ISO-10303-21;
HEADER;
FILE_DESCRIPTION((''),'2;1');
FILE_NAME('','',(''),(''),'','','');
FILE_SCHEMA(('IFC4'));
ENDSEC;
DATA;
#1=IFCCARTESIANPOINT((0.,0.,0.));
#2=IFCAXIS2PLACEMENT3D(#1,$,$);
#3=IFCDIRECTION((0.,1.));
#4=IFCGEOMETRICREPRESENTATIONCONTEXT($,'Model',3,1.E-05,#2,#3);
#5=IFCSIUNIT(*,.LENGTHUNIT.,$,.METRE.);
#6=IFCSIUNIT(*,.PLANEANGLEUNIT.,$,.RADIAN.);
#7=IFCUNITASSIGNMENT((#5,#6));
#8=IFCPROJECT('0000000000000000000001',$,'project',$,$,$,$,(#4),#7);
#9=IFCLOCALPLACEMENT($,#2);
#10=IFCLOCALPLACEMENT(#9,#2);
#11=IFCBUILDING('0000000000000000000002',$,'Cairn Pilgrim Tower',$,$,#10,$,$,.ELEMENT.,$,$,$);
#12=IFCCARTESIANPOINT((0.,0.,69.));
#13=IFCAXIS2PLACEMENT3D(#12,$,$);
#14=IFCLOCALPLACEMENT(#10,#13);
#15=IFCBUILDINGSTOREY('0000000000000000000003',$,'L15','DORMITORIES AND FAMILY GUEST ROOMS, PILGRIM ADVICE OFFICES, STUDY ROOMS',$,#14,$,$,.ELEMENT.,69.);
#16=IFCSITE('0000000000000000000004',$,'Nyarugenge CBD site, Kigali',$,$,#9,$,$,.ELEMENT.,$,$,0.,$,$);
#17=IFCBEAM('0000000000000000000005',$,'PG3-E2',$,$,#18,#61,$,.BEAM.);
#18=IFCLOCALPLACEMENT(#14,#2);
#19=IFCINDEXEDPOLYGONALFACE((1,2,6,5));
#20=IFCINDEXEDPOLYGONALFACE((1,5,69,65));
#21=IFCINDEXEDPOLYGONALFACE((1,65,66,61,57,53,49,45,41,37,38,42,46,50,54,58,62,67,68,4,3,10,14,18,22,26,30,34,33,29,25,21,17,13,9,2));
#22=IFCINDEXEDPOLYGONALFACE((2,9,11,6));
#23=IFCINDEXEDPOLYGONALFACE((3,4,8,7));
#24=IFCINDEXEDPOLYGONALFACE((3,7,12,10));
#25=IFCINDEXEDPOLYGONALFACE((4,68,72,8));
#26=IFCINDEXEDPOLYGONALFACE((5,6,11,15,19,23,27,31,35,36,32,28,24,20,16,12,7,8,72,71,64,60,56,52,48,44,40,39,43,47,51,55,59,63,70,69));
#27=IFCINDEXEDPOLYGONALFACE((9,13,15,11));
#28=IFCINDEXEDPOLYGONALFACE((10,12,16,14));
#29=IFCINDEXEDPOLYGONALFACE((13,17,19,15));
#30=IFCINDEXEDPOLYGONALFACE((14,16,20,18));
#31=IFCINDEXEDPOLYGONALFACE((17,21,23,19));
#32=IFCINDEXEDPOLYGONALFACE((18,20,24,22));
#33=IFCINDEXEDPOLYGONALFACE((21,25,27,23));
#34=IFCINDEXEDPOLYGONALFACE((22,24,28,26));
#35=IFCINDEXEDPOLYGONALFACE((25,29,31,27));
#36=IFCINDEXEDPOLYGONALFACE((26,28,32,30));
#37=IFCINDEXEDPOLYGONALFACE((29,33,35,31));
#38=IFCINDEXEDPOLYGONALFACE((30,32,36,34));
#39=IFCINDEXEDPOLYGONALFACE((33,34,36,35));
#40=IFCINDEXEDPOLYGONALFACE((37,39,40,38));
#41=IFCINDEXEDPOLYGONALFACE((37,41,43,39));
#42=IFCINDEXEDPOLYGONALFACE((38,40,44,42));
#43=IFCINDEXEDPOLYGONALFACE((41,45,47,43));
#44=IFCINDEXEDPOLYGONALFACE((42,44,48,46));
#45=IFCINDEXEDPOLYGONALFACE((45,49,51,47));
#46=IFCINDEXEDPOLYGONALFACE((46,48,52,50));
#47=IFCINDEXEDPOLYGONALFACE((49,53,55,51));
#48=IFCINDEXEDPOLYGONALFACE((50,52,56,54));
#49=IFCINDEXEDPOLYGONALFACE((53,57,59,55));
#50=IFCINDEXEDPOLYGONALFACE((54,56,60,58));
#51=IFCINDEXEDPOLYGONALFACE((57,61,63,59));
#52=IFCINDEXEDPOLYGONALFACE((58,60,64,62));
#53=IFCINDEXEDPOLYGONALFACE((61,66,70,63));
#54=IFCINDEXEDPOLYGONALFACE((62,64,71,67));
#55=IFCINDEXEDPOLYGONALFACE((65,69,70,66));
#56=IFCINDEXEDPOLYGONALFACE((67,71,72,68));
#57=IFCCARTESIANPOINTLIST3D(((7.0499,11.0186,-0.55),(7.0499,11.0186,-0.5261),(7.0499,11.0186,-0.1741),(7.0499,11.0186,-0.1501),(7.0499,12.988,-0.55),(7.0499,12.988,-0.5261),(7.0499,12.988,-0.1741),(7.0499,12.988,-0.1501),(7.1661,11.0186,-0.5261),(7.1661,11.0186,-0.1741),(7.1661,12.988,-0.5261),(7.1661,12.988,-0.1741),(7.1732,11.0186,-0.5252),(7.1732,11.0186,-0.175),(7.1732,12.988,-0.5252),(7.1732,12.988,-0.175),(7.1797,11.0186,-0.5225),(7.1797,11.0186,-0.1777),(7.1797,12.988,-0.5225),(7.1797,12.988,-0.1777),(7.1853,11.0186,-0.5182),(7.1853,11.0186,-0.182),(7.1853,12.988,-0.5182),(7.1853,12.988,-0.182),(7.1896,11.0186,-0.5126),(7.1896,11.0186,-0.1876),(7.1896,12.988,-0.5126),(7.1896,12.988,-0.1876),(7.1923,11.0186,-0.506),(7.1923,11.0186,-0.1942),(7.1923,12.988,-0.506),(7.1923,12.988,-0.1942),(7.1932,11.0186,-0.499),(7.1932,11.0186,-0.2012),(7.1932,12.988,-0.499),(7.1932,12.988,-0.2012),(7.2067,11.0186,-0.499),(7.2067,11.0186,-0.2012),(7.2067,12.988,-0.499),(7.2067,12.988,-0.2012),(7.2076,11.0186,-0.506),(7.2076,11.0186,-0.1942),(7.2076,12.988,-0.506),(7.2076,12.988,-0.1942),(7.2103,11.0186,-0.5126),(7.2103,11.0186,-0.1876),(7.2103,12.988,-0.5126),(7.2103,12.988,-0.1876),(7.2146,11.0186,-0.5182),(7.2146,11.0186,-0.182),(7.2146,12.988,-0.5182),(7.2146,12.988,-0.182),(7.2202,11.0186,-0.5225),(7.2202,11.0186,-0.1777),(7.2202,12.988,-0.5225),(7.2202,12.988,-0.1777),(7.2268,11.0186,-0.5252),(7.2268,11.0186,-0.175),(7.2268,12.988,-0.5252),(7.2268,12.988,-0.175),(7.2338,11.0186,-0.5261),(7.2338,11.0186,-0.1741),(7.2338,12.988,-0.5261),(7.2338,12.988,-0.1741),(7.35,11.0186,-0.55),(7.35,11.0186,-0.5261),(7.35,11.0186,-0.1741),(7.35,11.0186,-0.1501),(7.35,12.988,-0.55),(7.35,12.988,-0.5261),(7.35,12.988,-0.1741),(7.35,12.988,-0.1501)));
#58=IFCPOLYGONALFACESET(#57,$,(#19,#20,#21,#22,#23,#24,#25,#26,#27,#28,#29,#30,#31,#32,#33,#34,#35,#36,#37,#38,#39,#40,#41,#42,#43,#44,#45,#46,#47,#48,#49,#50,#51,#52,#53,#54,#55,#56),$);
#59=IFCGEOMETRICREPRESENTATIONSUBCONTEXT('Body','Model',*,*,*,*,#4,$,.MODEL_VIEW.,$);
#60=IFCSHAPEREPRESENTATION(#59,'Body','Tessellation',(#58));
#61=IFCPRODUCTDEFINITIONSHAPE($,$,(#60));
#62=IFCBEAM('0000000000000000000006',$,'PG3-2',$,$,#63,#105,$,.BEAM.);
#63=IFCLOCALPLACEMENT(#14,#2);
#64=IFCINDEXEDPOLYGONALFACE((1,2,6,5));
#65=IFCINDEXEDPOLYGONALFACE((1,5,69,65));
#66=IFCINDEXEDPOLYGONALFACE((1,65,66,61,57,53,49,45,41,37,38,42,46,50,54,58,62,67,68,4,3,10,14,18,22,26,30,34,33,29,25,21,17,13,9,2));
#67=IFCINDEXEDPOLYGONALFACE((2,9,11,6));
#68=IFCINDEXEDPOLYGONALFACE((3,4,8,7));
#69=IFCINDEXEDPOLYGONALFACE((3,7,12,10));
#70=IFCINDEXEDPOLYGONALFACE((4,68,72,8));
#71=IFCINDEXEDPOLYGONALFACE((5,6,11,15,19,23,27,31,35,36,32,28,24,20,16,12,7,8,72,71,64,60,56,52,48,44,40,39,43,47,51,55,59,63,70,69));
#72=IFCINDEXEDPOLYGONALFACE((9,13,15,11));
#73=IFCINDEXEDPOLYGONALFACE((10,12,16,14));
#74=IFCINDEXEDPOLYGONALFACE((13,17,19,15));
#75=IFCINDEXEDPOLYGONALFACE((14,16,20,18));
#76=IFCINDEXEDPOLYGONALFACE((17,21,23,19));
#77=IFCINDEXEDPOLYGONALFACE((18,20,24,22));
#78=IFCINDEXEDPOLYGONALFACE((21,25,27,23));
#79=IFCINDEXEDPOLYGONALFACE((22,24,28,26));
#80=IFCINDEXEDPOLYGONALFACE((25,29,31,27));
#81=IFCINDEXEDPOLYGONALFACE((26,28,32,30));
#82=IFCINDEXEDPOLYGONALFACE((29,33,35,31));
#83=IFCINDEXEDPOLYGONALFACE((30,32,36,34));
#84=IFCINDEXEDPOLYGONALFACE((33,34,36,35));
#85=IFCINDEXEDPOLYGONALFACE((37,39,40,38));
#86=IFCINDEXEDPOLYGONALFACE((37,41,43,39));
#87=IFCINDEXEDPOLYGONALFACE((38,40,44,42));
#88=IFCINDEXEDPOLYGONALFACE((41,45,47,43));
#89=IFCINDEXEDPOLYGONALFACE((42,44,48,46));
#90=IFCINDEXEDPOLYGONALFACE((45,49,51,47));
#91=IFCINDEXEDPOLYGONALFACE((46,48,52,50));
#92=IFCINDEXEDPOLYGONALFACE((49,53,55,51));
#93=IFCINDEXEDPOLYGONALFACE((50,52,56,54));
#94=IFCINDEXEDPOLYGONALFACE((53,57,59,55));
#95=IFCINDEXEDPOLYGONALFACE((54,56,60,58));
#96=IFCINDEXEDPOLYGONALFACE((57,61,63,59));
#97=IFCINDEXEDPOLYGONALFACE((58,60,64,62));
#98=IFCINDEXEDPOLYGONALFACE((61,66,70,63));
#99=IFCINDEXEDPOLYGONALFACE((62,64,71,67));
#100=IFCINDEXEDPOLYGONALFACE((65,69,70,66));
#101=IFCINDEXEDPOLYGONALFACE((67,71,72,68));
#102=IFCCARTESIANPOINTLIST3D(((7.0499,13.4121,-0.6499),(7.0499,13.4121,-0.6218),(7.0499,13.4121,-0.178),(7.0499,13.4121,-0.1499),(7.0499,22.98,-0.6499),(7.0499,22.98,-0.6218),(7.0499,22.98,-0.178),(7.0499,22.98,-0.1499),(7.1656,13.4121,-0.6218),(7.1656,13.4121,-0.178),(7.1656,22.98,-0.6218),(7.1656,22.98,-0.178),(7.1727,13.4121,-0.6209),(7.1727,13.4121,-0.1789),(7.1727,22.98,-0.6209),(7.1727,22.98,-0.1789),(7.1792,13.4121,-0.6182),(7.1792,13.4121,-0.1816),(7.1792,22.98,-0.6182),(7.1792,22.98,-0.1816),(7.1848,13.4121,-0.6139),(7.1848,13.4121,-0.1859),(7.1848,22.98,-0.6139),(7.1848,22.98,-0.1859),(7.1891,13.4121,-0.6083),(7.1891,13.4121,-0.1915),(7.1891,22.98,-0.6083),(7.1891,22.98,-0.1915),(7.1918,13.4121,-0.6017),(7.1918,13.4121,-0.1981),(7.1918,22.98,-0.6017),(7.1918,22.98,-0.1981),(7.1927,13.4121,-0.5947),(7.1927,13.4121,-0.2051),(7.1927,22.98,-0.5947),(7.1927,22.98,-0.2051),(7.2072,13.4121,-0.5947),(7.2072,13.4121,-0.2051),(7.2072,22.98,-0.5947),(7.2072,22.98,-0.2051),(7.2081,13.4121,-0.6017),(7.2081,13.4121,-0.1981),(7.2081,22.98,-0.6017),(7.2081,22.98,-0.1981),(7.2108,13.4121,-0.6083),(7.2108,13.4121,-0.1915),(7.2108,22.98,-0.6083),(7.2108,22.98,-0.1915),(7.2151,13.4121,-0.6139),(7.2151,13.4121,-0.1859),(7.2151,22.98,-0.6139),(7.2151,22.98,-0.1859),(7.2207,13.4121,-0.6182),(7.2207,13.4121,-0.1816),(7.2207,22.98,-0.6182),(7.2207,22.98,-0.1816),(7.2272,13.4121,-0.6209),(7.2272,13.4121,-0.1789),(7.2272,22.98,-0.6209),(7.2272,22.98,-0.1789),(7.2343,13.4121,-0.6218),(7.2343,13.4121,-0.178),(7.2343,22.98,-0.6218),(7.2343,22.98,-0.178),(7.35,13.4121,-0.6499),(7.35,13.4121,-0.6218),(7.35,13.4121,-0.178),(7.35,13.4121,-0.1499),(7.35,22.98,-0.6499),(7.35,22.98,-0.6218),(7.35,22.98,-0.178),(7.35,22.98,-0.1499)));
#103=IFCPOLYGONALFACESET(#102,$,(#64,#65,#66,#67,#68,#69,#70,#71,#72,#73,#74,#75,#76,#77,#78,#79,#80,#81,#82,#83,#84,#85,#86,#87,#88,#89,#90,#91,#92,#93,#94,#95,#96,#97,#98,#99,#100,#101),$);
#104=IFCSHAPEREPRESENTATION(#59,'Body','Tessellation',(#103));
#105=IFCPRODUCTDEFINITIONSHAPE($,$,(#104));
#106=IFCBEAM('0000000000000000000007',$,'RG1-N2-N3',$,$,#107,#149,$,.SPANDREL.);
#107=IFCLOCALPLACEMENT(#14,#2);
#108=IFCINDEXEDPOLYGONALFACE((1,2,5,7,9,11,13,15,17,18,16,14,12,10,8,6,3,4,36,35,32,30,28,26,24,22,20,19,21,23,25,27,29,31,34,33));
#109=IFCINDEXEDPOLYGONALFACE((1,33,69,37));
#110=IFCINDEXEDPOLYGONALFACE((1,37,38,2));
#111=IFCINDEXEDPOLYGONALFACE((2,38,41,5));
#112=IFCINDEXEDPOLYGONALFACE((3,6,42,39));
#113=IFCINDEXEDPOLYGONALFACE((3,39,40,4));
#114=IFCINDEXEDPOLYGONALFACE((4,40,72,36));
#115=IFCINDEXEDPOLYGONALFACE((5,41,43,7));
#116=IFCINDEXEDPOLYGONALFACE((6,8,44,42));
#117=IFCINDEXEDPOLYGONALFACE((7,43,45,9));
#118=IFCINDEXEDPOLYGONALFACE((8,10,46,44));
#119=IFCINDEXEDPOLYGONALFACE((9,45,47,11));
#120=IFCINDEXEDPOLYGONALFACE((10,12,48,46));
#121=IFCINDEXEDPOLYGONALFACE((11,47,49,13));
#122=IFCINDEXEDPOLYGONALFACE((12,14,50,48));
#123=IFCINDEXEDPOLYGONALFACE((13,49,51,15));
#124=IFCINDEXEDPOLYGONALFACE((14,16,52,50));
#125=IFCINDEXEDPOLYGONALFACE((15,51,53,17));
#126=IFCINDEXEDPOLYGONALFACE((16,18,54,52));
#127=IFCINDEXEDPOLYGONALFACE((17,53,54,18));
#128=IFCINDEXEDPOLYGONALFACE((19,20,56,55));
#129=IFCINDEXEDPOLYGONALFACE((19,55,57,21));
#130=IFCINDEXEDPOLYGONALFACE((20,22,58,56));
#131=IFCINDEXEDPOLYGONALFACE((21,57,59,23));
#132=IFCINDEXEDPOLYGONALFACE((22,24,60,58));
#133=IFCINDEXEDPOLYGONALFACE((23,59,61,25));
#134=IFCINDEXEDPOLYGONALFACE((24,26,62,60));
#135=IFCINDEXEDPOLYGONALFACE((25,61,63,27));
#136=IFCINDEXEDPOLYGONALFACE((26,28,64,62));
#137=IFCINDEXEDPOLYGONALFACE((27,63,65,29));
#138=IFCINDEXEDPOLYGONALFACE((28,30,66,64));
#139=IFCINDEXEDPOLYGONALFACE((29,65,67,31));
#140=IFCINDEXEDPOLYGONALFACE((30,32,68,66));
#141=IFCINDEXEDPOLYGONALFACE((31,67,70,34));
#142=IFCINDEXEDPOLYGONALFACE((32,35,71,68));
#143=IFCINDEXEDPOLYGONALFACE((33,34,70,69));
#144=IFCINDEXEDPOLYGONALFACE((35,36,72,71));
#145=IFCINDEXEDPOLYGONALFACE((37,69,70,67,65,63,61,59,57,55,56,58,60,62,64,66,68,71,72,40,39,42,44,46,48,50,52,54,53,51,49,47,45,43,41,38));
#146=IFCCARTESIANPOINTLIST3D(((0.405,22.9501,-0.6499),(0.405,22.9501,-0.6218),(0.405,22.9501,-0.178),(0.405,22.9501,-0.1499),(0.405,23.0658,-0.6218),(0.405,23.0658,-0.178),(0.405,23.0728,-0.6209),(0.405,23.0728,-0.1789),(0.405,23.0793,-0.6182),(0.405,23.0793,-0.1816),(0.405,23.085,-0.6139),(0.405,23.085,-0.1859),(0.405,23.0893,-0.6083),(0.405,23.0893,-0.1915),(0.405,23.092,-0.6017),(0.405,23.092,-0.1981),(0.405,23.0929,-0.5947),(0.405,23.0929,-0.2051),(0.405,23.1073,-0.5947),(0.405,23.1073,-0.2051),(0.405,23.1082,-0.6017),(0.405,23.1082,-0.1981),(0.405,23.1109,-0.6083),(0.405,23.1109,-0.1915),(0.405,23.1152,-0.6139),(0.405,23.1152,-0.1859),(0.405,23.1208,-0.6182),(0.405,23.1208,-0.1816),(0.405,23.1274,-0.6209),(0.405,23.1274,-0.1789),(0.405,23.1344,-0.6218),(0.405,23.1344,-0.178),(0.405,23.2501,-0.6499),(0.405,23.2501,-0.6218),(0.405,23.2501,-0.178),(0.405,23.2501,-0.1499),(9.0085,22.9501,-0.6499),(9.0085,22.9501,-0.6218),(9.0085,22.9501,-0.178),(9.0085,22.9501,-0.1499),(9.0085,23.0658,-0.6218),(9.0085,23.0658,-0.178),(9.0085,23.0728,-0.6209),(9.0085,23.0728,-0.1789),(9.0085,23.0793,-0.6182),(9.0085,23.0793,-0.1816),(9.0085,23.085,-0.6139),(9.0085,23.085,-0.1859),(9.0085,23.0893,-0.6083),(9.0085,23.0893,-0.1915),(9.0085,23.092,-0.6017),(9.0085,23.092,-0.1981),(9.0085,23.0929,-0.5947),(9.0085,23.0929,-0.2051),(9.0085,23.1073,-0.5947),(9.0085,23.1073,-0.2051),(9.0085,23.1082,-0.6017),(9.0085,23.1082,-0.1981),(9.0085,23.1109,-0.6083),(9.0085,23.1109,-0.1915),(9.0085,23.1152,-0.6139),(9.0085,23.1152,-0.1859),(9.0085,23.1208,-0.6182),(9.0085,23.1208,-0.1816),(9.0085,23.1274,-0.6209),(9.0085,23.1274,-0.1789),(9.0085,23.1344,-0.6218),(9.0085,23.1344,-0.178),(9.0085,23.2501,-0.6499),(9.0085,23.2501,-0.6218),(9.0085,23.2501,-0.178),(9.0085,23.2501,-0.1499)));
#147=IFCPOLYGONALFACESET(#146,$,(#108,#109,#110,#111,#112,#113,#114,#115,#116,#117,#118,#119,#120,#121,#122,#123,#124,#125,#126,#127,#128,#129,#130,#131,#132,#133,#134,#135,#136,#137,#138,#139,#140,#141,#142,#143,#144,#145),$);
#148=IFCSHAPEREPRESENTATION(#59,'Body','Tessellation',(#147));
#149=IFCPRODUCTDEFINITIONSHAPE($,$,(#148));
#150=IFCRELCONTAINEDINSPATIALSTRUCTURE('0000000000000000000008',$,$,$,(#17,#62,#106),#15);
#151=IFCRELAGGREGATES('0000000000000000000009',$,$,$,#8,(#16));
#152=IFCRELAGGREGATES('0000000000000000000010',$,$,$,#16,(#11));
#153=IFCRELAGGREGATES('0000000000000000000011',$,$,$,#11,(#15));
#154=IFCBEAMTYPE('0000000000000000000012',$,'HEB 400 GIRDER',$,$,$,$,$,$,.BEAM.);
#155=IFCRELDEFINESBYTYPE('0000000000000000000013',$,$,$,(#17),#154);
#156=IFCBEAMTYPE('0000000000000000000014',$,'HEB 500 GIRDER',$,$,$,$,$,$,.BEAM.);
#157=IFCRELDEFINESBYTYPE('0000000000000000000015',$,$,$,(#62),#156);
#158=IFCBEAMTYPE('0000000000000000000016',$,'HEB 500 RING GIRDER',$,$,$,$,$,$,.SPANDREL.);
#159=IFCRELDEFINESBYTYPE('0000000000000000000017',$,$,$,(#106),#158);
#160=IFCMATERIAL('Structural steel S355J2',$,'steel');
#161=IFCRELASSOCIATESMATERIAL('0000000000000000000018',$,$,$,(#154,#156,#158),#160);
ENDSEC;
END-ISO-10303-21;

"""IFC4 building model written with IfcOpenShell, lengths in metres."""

from ifc_helpers import new_model, si_unit, direction, frame, origin, origin_2d, place, context, subcontext, project, spatial, i_section, extrude, material, material_profile, profile_set, type_object, element, save


model = new_model("IFC4")

# Units and contexts
model_context = context("Model", 3, precision=1e-05, world=origin(), true_north=direction((0.0, 1.0)))
body_context = subcontext(model_context, "Body", "Model", "MODEL_VIEW")
ifc_project = project(units=[si_unit("LENGTHUNIT", "METRE"), si_unit("PLANEANGLEUNIT", "RADIAN")], contexts=[model_context])

# Site, building, storey
site_placement = place(None, origin())
site = spatial("IfcSite", under=ifc_project, at=site_placement, Name="Nyarugenge CBD site, Kigali", CompositionType="ELEMENT", RefElevation=0.0)
building_placement = place(site_placement, origin())
building = spatial("IfcBuilding", under=site, at=building_placement, Name="Cairn Pilgrim Tower", CompositionType="ELEMENT")
storey_placement = place(building_placement, frame((0.0, 0.0, 69.0)))
storey = spatial("IfcBuildingStorey", under=building, at=storey_placement, Name="L15", Description="DORMITORIES AND FAMILY GUEST ROOMS, PILGRIM ADVICE OFFICES, STUDY ROOMS", CompositionType="ELEMENT", Elevation=69.0)

# Beams
ifc_material_1 = material(Name="Structural steel S355J2", Category="steel")
ifc_material_profile_1 = material_profile(ifc_material_1, i_section(OverallWidth=0.3, OverallDepth=0.3999, WebThickness=0.0134, FlangeThickness=0.0239, FilletRadius=0.0271, at=origin_2d()), Name="HEB 400")
ifc_profile_set_1 = profile_set([ifc_material_profile_1], Name="Structural steel S355J2")
beam_type_1 = type_object("IfcBeamType", Name="HEB 400 GIRDER", PredefinedType="BEAM", material=ifc_profile_set_1)
beam_1_placement = place(storey_placement, frame((7.2, 11.0186, -0.3501), z_axis=(0.0, 1.0, 0.0), x_axis=(-1.0, 0.0, 0.0)))
element("IfcBeam", 1, at=beam_1_placement, inside=storey, type_object=beam_type_1, Name="PG3-E2", PredefinedType="BEAM", context=body_context, shape_type="SweptSolid", body=[
    extrude(i_section(OverallWidth=0.3, OverallDepth=0.3999, WebThickness=0.0134, FlangeThickness=0.0239, FilletRadius=0.0271, at=origin_2d()), origin(), (0.0, 0.0, 1.0), 1.9695),
])
ifc_material_profile_2 = material_profile(ifc_material_1, i_section(OverallWidth=0.3, OverallDepth=0.5, WebThickness=0.0144, FlangeThickness=0.0281, FilletRadius=0.0271, at=origin_2d()), Name="HEB 500")
ifc_profile_set_2 = profile_set([ifc_material_profile_2], Name="Structural steel S355J2")
beam_type_2 = type_object("IfcBeamType", Name="HEB 500 GIRDER", PredefinedType="BEAM", material=ifc_profile_set_2)
beam_2_placement = place(storey_placement, frame((7.2, 13.4121, -0.3999), z_axis=(0.0, 1.0, 0.0), x_axis=(-1.0, 0.0, 0.0)))
element("IfcBeam", 2, at=beam_2_placement, inside=storey, type_object=beam_type_2, Name="PG3-2", PredefinedType="BEAM", context=body_context, shape_type="SweptSolid", body=[
    extrude(i_section(OverallWidth=0.3, OverallDepth=0.5, WebThickness=0.0144, FlangeThickness=0.0281, FilletRadius=0.0271, at=origin_2d()), origin(), (0.0, 0.0, 1.0), 9.5679),
])
ifc_material_profile_3 = material_profile(ifc_material_1, i_section(OverallWidth=0.3, OverallDepth=0.5, WebThickness=0.0144, FlangeThickness=0.0281, FilletRadius=0.0271, at=origin_2d()), Name="HEB 500")
ifc_profile_set_3 = profile_set([ifc_material_profile_3], Name="Structural steel S355J2")
beam_type_3 = type_object("IfcBeamType", Name="HEB 500 RING GIRDER", PredefinedType="SPANDREL", material=ifc_profile_set_3)
beam_3_placement = place(storey_placement, frame((9.0085, 23.1001, -0.3999), z_axis=(-1.0, 0.0, 0.0), x_axis=(0.0, -1.0, 0.0)))
element("IfcBeam", 3, at=beam_3_placement, inside=storey, type_object=beam_type_3, Name="RG1-N2-N3", PredefinedType="SPANDREL", context=body_context, shape_type="SweptSolid", body=[
    extrude(i_section(OverallWidth=0.3, OverallDepth=0.5, WebThickness=0.0144, FlangeThickness=0.0281, FilletRadius=0.0271, at=origin_2d()), origin(), (0.0, 0.0, 1.0), 8.6035),
])

save(model, "model.ifc")
